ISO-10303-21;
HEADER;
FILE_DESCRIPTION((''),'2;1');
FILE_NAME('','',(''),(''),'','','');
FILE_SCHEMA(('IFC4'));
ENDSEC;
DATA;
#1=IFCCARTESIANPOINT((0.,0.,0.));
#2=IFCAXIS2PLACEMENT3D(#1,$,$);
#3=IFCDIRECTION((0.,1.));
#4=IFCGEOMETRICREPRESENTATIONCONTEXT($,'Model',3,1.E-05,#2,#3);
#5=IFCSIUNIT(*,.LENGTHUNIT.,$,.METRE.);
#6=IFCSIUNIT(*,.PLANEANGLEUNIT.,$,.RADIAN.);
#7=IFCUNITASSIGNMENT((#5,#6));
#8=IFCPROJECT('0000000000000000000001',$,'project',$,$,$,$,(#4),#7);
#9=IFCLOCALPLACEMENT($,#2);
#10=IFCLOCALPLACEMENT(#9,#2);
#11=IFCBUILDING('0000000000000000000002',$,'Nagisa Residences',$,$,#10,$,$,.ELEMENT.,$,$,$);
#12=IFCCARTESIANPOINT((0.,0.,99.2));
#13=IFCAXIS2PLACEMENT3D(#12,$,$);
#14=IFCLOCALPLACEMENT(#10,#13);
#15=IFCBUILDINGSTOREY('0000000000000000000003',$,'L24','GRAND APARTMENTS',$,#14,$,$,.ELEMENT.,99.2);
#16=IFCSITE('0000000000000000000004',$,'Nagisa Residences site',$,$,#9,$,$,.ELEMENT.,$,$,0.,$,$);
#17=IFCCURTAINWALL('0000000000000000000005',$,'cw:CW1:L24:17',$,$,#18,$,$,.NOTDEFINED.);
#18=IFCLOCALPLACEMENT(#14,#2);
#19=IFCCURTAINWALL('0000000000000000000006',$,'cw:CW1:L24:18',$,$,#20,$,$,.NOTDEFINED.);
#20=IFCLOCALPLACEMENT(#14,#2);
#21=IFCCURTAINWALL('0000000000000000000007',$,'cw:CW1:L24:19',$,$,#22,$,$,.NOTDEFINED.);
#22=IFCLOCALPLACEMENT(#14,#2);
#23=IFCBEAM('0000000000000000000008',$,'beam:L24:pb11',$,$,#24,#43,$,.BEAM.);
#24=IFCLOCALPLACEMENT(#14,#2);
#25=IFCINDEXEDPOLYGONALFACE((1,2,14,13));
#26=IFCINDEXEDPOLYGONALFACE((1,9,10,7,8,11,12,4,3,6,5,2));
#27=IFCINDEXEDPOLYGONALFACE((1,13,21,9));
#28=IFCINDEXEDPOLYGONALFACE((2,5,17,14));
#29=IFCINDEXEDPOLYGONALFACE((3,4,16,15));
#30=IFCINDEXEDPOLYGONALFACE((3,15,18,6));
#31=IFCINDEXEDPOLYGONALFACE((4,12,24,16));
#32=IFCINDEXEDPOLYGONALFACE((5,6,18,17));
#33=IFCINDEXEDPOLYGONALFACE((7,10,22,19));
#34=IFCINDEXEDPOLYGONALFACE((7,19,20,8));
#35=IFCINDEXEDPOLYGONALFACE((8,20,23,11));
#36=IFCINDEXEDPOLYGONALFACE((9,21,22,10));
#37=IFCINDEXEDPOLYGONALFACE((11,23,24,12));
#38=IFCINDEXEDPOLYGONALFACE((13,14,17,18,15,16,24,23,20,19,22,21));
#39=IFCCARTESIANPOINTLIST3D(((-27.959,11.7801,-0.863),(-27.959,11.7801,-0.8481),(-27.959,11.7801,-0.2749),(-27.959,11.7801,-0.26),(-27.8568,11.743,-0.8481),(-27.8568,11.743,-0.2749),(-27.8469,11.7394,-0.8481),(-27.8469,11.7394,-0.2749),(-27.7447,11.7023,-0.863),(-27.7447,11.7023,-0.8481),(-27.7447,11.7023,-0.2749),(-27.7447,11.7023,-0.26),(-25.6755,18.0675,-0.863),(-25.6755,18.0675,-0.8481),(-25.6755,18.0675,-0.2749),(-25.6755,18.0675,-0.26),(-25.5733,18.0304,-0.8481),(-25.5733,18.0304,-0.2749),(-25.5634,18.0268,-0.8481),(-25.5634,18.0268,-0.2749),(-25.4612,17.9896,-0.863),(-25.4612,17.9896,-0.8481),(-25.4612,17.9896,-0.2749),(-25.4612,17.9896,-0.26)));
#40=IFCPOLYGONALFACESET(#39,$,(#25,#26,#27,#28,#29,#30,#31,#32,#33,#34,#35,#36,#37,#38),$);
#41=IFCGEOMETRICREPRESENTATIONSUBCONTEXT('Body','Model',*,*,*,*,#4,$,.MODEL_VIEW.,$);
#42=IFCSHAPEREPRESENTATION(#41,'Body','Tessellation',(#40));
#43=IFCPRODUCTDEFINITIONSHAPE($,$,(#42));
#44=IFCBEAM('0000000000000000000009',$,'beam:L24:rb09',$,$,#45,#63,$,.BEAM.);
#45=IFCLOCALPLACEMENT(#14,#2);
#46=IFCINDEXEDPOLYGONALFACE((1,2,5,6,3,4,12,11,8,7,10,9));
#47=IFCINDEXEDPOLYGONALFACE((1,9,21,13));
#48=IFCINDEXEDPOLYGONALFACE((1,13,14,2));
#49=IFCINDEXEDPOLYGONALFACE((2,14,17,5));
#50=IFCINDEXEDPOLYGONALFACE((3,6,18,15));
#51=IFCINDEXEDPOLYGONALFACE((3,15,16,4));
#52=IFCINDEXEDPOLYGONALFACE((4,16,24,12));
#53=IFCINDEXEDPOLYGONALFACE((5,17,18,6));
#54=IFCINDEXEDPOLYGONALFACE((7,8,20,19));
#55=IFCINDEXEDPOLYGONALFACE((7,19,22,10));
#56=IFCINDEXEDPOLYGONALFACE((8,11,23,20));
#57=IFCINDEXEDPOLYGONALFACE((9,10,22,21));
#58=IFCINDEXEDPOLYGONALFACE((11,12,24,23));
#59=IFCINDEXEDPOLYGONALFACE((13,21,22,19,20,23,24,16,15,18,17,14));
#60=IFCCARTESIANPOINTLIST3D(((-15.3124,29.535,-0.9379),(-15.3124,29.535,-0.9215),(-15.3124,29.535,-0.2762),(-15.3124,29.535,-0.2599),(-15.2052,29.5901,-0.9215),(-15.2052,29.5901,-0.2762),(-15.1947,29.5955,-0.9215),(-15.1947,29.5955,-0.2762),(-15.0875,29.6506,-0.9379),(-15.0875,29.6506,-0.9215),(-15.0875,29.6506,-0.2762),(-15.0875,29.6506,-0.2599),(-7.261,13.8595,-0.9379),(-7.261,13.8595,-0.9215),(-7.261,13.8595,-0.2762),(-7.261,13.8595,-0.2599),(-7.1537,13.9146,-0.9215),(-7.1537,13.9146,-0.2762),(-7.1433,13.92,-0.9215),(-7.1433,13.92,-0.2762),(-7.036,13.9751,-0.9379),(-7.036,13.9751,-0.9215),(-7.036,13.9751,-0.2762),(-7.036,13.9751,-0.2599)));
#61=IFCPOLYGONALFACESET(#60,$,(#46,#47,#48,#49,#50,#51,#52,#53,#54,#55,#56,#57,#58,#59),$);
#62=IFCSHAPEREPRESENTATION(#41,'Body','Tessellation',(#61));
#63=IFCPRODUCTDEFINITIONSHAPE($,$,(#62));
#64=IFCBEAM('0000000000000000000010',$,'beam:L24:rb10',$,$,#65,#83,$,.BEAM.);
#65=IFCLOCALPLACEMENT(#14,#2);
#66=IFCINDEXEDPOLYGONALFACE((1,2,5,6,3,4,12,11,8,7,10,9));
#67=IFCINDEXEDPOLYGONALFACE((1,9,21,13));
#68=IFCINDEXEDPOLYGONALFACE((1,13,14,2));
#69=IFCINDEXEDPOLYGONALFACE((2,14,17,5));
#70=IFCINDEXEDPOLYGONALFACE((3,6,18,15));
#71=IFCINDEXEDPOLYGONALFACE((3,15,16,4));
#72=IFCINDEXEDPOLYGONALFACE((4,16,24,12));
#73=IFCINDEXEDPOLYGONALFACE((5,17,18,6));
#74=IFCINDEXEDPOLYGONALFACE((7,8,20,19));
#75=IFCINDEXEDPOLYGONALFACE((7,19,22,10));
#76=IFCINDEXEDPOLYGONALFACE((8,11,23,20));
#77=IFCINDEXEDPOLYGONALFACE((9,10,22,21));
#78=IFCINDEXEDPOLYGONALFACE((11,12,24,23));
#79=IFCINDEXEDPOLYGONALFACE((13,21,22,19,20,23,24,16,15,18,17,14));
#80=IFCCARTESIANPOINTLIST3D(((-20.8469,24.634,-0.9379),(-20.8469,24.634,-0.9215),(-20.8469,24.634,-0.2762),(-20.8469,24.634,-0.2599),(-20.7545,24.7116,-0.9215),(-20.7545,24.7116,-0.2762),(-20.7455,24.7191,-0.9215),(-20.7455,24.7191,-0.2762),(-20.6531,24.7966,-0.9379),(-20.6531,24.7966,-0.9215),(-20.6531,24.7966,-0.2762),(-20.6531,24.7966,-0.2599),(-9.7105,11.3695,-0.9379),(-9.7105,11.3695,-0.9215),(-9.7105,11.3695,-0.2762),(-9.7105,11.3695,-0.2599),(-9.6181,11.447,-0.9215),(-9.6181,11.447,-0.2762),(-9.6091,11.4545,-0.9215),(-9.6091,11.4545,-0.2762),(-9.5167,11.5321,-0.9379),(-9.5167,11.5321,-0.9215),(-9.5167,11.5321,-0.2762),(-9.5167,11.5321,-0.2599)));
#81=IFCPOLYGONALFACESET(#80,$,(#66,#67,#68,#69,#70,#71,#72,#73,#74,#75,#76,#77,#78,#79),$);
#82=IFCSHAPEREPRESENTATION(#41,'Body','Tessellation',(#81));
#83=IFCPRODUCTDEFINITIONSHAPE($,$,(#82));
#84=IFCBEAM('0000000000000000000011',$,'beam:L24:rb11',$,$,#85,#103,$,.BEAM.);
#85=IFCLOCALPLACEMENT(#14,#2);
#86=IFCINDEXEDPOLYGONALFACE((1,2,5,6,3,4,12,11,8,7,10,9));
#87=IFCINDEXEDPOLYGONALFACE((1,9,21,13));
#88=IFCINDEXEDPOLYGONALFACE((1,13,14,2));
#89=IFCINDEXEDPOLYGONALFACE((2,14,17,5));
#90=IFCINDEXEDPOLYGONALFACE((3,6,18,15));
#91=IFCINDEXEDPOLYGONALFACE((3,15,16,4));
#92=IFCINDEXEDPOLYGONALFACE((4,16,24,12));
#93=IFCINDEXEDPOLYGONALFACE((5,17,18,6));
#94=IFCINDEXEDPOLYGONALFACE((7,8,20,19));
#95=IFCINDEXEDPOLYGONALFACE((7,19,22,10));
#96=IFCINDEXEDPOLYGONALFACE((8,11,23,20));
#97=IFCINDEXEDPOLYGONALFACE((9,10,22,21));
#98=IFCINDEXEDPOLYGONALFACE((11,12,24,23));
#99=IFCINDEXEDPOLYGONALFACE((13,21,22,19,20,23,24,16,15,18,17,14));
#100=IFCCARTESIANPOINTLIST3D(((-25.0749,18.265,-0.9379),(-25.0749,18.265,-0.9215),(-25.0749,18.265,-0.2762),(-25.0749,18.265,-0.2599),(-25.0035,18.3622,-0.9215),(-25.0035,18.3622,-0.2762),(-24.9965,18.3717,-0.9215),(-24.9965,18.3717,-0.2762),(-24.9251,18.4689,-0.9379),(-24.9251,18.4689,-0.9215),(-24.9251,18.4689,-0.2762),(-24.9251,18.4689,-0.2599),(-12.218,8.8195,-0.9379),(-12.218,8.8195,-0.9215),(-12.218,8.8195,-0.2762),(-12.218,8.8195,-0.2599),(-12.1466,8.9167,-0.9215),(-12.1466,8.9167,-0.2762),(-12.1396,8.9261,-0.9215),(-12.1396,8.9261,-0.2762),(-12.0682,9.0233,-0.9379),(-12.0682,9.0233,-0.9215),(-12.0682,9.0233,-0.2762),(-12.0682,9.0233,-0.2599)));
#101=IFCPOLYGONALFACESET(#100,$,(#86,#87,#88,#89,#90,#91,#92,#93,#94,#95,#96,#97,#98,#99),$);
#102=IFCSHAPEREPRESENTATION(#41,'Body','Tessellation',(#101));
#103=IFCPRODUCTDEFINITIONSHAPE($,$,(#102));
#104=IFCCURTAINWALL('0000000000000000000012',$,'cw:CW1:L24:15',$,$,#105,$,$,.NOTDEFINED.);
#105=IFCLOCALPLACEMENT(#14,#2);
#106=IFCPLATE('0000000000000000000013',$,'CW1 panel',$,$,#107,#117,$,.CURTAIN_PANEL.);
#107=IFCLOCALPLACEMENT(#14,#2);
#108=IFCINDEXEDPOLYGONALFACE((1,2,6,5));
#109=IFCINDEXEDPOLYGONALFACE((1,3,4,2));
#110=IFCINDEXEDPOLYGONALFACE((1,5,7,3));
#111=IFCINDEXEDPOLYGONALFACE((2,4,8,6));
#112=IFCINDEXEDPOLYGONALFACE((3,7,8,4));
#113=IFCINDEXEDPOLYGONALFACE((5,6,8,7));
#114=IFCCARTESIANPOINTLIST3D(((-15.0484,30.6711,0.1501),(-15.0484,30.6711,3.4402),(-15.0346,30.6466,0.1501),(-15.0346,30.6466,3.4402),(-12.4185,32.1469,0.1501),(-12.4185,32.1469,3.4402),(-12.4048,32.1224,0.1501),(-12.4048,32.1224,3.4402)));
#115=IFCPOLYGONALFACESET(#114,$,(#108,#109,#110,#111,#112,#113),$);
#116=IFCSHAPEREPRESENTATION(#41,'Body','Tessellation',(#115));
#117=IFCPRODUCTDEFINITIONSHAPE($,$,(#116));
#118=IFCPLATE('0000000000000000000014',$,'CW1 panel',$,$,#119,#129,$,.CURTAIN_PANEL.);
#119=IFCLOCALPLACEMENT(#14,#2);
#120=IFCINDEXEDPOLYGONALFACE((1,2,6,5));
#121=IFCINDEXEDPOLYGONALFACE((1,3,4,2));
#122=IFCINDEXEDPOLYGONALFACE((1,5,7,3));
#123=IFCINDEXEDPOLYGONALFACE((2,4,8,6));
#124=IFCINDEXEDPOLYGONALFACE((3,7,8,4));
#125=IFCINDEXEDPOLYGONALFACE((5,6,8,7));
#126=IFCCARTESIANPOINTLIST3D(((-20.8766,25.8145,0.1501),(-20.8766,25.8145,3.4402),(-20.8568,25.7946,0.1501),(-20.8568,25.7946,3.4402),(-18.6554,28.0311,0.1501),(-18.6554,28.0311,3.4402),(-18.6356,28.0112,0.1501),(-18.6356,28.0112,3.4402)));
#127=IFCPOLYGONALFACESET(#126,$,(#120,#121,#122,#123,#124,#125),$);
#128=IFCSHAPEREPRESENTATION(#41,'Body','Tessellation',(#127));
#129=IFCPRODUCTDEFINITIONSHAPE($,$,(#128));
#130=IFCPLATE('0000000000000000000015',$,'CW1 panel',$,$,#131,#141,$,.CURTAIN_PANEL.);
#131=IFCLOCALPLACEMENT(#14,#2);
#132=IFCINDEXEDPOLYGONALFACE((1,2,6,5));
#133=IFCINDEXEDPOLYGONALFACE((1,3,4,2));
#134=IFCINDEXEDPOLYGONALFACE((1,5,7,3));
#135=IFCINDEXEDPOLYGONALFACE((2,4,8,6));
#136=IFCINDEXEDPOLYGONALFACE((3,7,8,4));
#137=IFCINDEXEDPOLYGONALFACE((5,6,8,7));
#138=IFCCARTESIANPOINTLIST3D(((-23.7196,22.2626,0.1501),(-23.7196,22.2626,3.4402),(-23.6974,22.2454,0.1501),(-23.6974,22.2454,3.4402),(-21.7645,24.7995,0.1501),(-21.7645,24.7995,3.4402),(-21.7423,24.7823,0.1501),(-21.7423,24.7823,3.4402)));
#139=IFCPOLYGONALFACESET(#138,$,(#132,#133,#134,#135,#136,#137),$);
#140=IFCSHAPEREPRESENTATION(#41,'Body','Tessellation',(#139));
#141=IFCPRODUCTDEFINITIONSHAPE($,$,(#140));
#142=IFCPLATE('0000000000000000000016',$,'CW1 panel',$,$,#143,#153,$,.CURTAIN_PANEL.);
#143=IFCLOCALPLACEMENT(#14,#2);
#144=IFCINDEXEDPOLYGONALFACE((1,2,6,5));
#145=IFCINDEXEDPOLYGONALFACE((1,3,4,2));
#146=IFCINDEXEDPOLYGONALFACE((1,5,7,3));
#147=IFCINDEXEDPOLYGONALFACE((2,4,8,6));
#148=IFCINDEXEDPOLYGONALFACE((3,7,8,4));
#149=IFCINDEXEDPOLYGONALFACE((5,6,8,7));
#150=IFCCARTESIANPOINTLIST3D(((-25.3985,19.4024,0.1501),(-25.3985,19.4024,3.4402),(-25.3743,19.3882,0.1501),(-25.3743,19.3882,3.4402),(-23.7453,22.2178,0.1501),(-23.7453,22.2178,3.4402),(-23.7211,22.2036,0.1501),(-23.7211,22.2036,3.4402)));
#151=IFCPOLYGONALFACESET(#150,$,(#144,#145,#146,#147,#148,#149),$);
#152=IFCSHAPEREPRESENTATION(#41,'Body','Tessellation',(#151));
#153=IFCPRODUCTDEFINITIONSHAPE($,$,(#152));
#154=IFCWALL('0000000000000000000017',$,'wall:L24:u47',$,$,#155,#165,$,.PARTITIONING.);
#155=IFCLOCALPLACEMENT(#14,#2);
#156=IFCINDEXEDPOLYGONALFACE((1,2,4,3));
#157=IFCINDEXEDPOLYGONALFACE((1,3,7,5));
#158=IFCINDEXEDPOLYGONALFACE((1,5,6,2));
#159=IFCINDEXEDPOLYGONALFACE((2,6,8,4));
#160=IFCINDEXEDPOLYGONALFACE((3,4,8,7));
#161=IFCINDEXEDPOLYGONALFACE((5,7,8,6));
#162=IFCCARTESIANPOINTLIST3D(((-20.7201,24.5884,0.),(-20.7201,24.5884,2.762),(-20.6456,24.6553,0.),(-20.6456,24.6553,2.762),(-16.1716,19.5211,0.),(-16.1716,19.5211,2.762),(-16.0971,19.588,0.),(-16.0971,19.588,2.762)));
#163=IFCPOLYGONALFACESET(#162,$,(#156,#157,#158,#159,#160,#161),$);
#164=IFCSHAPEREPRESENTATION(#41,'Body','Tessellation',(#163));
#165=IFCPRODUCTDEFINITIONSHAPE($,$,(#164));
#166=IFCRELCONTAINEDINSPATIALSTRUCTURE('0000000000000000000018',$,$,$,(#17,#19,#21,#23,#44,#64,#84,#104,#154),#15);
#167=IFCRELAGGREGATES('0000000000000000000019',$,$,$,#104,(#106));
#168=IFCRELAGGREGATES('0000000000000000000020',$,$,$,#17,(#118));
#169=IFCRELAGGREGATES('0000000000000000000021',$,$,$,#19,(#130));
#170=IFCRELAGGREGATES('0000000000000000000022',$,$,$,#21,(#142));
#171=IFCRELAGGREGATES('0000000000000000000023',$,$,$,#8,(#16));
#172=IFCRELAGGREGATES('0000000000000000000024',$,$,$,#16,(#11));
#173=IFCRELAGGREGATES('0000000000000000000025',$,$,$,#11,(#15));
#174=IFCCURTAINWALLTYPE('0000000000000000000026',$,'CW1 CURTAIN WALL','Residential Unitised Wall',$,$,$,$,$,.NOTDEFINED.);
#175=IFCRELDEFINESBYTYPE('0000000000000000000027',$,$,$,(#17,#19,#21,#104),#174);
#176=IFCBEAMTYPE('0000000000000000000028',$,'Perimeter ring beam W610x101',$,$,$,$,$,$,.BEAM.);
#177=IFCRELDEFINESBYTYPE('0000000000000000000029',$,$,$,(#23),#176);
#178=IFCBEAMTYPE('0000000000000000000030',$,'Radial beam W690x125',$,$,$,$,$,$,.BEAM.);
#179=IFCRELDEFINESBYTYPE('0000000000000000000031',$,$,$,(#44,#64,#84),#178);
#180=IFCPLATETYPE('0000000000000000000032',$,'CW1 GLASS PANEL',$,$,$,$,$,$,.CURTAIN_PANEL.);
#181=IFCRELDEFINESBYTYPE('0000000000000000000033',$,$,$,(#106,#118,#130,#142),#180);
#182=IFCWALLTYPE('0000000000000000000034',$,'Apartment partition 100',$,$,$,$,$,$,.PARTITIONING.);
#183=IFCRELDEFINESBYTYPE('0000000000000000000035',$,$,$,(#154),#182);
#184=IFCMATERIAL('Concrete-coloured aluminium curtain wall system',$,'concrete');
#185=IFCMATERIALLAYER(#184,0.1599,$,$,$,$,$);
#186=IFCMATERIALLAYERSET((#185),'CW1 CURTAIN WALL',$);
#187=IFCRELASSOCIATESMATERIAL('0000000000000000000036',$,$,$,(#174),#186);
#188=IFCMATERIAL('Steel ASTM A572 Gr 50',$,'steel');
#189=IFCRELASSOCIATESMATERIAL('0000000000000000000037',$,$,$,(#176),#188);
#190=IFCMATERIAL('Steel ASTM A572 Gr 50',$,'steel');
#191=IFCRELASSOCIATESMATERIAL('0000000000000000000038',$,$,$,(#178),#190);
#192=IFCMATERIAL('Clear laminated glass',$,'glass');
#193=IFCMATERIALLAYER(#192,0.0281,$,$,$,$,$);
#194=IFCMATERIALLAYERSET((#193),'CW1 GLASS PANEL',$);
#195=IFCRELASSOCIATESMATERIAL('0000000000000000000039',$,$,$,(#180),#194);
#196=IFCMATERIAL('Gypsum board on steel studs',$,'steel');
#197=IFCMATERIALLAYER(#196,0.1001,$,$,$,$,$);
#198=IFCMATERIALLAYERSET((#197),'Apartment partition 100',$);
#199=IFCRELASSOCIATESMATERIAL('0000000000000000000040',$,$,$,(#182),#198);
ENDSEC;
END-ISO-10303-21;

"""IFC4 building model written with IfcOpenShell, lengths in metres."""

from ifc_helpers import new_model, si_unit, direction, frame, frame_2d, origin, origin_2d, place, context, subcontext, project, spatial, rectangle, i_section, extrude, material, layer, layer_set, material_profile, profile_set, type_object, element, aggregate, save


model = new_model("IFC4")

# Units and contexts
model_context = context("Model", 3, precision=1e-05, world=origin(), true_north=direction((0.0, 1.0)))
body_context = subcontext(model_context, "Body", "Model", "MODEL_VIEW")
ifc_project = project(units=[si_unit("LENGTHUNIT", "METRE"), si_unit("PLANEANGLEUNIT", "RADIAN")], contexts=[model_context])

# Site, building, storey
site_placement = place(None, origin())
site = spatial("IfcSite", under=ifc_project, at=site_placement, Name="Nagisa Residences site", CompositionType="ELEMENT", RefElevation=0.0)
building_placement = place(site_placement, origin())
building = spatial("IfcBuilding", under=site, at=building_placement, Name="Nagisa Residences", CompositionType="ELEMENT")
storey_placement = place(building_placement, frame((0.0, 0.0, 99.2)))
storey = spatial("IfcBuildingStorey", under=building, at=storey_placement, Name="L24", Description="GRAND APARTMENTS", CompositionType="ELEMENT", Elevation=99.2)

# Curtain walls
ifc_material_1 = material(Name="Concrete-coloured aluminium curtain wall system", Category="concrete")
ifc_layer_1 = layer(ifc_material_1, 0.1599)
ifc_layer_set_1 = layer_set([ifc_layer_1], Name="CW1 CURTAIN WALL")
curtain_wall_type = type_object("IfcCurtainWallType", Name="CW1 CURTAIN WALL", Description="Residential Unitised Wall", PredefinedType="NOTDEFINED", material=ifc_layer_set_1)
curtain_wall_1_placement = place(storey_placement, origin())
curtain_wall_1 = element("IfcCurtainWall", 1, at=curtain_wall_1_placement, inside=storey, type_object=curtain_wall_type, Name="cw:CW1:L24:17", PredefinedType="NOTDEFINED")
curtain_wall_2_placement = place(storey_placement, origin())
curtain_wall_2 = element("IfcCurtainWall", 2, at=curtain_wall_2_placement, inside=storey, type_object=curtain_wall_type, Name="cw:CW1:L24:18", PredefinedType="NOTDEFINED")
curtain_wall_3_placement = place(storey_placement, origin())
curtain_wall_3 = element("IfcCurtainWall", 3, at=curtain_wall_3_placement, inside=storey, type_object=curtain_wall_type, Name="cw:CW1:L24:19", PredefinedType="NOTDEFINED")

# Beams
ifc_material_2 = material(Name="Steel ASTM A572 Gr 50", Category="steel")
ifc_material_profile_1 = material_profile(ifc_material_2, i_section(OverallWidth=0.228, OverallDepth=0.603, WebThickness=0.0105, FlangeThickness=0.0149, at=origin_2d()), Name="W610x101")
ifc_profile_set_1 = profile_set([ifc_material_profile_1], Name="Steel ASTM A572 Gr 50")
beam_type_1 = type_object("IfcBeamType", Name="Perimeter ring beam W610x101", PredefinedType="BEAM", material=ifc_profile_set_1)
beam_1_placement = place(storey_placement, frame((-25.5684, 18.0286, -0.5615), z_axis=(-0.341365, -0.939931, 0.0), x_axis=(0.939931, -0.341365, 0.0)))
element("IfcBeam", 4, at=beam_1_placement, inside=storey, type_object=beam_type_1, Name="beam:L24:pb11", PredefinedType="BEAM", context=body_context, shape_type="SweptSolid", body=[
    extrude(i_section(OverallWidth=0.228, OverallDepth=0.603, WebThickness=0.0105, FlangeThickness=0.0149, at=origin_2d()), origin(), (0.0, 0.0, 1.0), 6.6892),
])
ifc_material_3 = material(Name="Steel ASTM A572 Gr 50", Category="steel")
ifc_material_profile_2 = material_profile(ifc_material_3, i_section(OverallWidth=0.2529, OverallDepth=0.678, WebThickness=0.0117, FlangeThickness=0.0164, at=origin_2d()), Name="W690x125")
ifc_profile_set_2 = profile_set([ifc_material_profile_2], Name="Steel ASTM A572 Gr 50")
beam_type_2 = type_object("IfcBeamType", Name="Radial beam W690x125", PredefinedType="BEAM", material=ifc_profile_set_2)
beam_2_placement = place(storey_placement, frame((-15.2, 29.5928, -0.5989), z_axis=(0.456891, -0.889523, 0.0), x_axis=(0.889523, 0.456891, 0.0)))
element("IfcBeam", 5, at=beam_2_placement, inside=storey, type_object=beam_type_2, Name="beam:L24:rb09", PredefinedType="BEAM", context=body_context, shape_type="SweptSolid", body=[
    extrude(i_section(OverallWidth=0.2529, OverallDepth=0.678, WebThickness=0.0117, FlangeThickness=0.0164, at=origin_2d()), origin(), (0.0, 0.0, 1.0), 17.6223),
])
beam_3_placement = place(storey_placement, frame((-20.75, 24.7153, -0.5989), z_axis=(0.642995, -0.765871, 0.0), x_axis=(0.765871, 0.642995, 0.0)))
element("IfcBeam", 6, at=beam_3_placement, inside=storey, type_object=beam_type_2, Name="beam:L24:rb10", PredefinedType="BEAM", context=body_context, shape_type="SweptSolid", body=[
    extrude(i_section(OverallWidth=0.2529, OverallDepth=0.678, WebThickness=0.0117, FlangeThickness=0.0164, at=origin_2d()), origin(), (0.0, 0.0, 1.0), 17.3196),
])
beam_4_placement = place(storey_placement, frame((-25.0, 18.3669, -0.5989), z_axis=(0.805892, -0.592062, 0.0), x_axis=(0.592062, 0.805892, 0.0)))
element("IfcBeam", 7, at=beam_4_placement, inside=storey, type_object=beam_type_2, Name="beam:L24:rb11", PredefinedType="BEAM", context=body_context, shape_type="SweptSolid", body=[
    extrude(i_section(OverallWidth=0.2529, OverallDepth=0.678, WebThickness=0.0117, FlangeThickness=0.0164, at=origin_2d()), origin(), (0.0, 0.0, 1.0), 15.9536),
])

# Curtain wall, plate
curtain_wall_4_placement = place(storey_placement, origin())
curtain_wall_4 = element("IfcCurtainWall", 8, at=curtain_wall_4_placement, inside=storey, type_object=curtain_wall_type, Name="cw:CW1:L24:15", PredefinedType="NOTDEFINED")
ifc_material_4 = material(Name="Clear laminated glass", Category="glass")
ifc_layer_2 = layer(ifc_material_4, 0.0281)
ifc_layer_set_2 = layer_set([ifc_layer_2], Name="CW1 GLASS PANEL")
plate_type = type_object("IfcPlateType", Name="CW1 GLASS PANEL", PredefinedType="CURTAIN_PANEL", material=ifc_layer_set_2)
plate_1_placement = place(storey_placement, frame((-13.7266, 31.3967, 0.1501), z_axis=(0.0, 0.0, 1.0), x_axis=(-0.872072, -0.489377, 0.0)))
plate_1 = element("IfcPlate", 9, at=plate_1_placement, type_object=plate_type, Name="CW1 panel", PredefinedType="CURTAIN_PANEL", context=body_context, shape_type="SweptSolid", body=[
    extrude(rectangle(XDim=3.0156, YDim=0.0281, at=origin_2d()), origin(), (0.0, 0.0, 1.0), 3.29),
])
aggregate(curtain_wall_4, [plate_1])

# Plates
plate_2_placement = place(storey_placement, frame((-19.7561, 26.9128, 0.1501), z_axis=(0.0, 0.0, 1.0), x_axis=(-0.707836, -0.706377, 0.0)))
plate_2 = element("IfcPlate", 10, at=plate_2_placement, type_object=plate_type, Name="CW1 panel", PredefinedType="CURTAIN_PANEL", context=body_context, shape_type="SweptSolid", body=[
    extrude(rectangle(XDim=3.1379, YDim=0.0281, at=origin_2d()), origin(), (0.0, 0.0, 1.0), 3.29),
])
aggregate(curtain_wall_1, [plate_2])
plate_3_placement = place(storey_placement, frame((-22.731, 23.5225, 0.1501), z_axis=(0.0, 0.0, 1.0), x_axis=(-0.61043, -0.79207, 0.0)))
plate_3 = element("IfcPlate", 11, at=plate_3_placement, type_object=plate_type, Name="CW1 panel", PredefinedType="CURTAIN_PANEL", context=body_context, shape_type="SweptSolid", body=[
    extrude(rectangle(XDim=3.2029, YDim=0.0281, at=origin_2d()), origin(), (0.0, 0.0, 1.0), 3.29),
])
aggregate(curtain_wall_2, [plate_3])
plate_4_placement = place(storey_placement, frame((-24.5598, 20.803, 0.1501), z_axis=(0.0, 0.0, 1.0), x_axis=(-0.506349, -0.862329, 0.0)))
plate_4 = element("IfcPlate", 12, at=plate_4_placement, type_object=plate_type, Name="CW1 panel", PredefinedType="CURTAIN_PANEL", context=body_context, shape_type="SweptSolid", body=[
    extrude(rectangle(XDim=3.2649, YDim=0.0281, at=origin_2d()), origin(), (0.0, 0.0, 1.0), 3.29),
])
aggregate(curtain_wall_3, [plate_4])

# Wall
ifc_material_5 = material(Name="Gypsum board on steel studs", Category="steel")
ifc_layer_3 = layer(ifc_material_5, 0.1001)
ifc_layer_set_3 = layer_set([ifc_layer_3], Name="Apartment partition 100")
wall_type_1 = type_object("IfcWallType", Name="Apartment partition 100", PredefinedType="PARTITIONING", material=ifc_layer_set_3)
wall_1_placement = place(storey_placement, frame((-16.1343, 19.5544, 0.0), z_axis=(0.0, 0.0, 1.0), x_axis=(-0.667986, 0.744174, 0.0)))
element("IfcWall", 13, at=wall_1_placement, inside=storey, type_object=wall_type_1, Name="wall:L24:u47", PredefinedType="PARTITIONING", context=body_context, shape_type="SweptSolid", body=[
    extrude(rectangle(XDim=6.8093, YDim=0.1001, at=frame_2d((3.4048, 0.0))), origin(), (0.0, 0.0, 1.0), 2.762),
])

save(model, "model.ifc")
